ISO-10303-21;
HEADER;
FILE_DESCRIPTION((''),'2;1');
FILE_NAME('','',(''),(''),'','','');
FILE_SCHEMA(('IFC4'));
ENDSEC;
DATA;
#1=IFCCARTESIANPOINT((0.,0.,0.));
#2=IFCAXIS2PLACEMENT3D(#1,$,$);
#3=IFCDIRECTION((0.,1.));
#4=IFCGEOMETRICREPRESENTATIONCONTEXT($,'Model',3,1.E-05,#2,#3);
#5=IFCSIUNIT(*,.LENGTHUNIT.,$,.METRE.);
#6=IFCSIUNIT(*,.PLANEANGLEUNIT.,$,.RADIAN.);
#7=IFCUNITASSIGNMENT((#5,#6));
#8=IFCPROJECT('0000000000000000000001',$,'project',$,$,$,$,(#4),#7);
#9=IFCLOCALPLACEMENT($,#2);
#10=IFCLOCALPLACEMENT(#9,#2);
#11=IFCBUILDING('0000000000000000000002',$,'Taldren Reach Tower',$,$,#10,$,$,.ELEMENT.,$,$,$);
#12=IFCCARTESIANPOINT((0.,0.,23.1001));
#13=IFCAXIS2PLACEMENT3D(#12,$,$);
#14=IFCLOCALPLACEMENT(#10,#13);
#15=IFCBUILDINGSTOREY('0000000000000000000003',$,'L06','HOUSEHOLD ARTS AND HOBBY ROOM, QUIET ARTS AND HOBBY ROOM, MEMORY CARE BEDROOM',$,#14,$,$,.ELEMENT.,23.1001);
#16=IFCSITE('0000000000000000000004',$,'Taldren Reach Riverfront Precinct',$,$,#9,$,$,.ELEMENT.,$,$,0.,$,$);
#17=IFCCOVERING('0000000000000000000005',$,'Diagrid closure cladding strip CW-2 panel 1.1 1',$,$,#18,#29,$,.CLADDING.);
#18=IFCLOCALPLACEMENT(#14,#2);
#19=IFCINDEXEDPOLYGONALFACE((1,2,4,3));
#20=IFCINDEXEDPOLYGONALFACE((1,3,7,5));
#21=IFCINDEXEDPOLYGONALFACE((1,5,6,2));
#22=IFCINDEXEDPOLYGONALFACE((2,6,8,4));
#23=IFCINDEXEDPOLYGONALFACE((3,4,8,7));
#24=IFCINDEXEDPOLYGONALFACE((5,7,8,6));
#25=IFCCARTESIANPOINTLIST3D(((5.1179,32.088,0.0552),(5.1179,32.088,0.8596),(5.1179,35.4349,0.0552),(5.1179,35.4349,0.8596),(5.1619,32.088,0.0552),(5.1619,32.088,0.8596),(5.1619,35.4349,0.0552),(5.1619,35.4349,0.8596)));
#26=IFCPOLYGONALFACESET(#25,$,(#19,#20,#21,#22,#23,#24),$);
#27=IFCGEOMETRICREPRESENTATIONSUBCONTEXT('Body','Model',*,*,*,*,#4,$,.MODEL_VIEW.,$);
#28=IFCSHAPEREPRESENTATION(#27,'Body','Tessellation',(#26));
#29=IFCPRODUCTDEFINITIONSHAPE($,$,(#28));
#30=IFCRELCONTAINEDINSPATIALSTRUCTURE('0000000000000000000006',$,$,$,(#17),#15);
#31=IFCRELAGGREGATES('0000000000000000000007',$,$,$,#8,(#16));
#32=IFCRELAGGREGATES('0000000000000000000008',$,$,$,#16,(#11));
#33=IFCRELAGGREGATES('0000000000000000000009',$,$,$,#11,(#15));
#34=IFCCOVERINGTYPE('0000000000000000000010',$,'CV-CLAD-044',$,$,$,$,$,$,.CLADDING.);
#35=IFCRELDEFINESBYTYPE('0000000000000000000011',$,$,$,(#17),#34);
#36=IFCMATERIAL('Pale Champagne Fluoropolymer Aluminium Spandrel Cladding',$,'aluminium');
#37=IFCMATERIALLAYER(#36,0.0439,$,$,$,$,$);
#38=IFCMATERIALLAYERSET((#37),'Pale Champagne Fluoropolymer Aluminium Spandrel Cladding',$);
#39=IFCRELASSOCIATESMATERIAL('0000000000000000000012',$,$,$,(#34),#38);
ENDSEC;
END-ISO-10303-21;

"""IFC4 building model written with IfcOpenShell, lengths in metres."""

from ifc_helpers import new_model, si_unit, direction, frame, origin, origin_2d, place, context, subcontext, project, spatial, rectangle, extrude, source, transform, mapped, material, layer, layer_set, type_object, element, save


model = new_model("IFC4")

# Units and contexts
model_context = context("Model", 3, precision=1e-05, world=origin(), true_north=direction((0.0, 1.0)))
body_context = subcontext(model_context, "Body", "Model", "MODEL_VIEW")
ifc_project = project(units=[si_unit("LENGTHUNIT", "METRE"), si_unit("PLANEANGLEUNIT", "RADIAN")], contexts=[model_context])

# Site, building, storey
site_placement = place(None, origin())
site = spatial("IfcSite", under=ifc_project, at=site_placement, Name="Taldren Reach Riverfront Precinct", CompositionType="ELEMENT", RefElevation=0.0)
building_placement = place(site_placement, origin())
building = spatial("IfcBuilding", under=site, at=building_placement, Name="Taldren Reach Tower", CompositionType="ELEMENT")
storey_placement = place(building_placement, frame((0.0, 0.0, 23.1001)))
storey = spatial("IfcBuildingStorey", under=building, at=storey_placement, Name="L06", Description="HOUSEHOLD ARTS AND HOBBY ROOM, QUIET ARTS AND HOBBY ROOM, MEMORY CARE BEDROOM", CompositionType="ELEMENT", Elevation=23.1001)

# Covering
ifc_material_1 = material(Name="Pale Champagne Fluoropolymer Aluminium Spandrel Cladding", Category="aluminium")
ifc_layer_1 = layer(ifc_material_1, 0.0439)
ifc_layer_set_1 = layer_set([ifc_layer_1], Name="Pale Champagne Fluoropolymer Aluminium Spandrel Cladding")
covering_type = type_object("IfcCoveringType", Name="CV-CLAD-044", PredefinedType="CLADDING", material=ifc_layer_set_1)
shared_shape_1 = source(origin(), body_context, "Body", "SweptSolid", [
    extrude(rectangle(XDim=3.3469, YDim=0.0439, at=origin_2d()), origin(), (0.0, 0.0, 1.0), 0.8044),
])
covering_placement = place(storey_placement, frame((5.1399, 33.7615, 0.0552), z_axis=(0.0, 0.0, 1.0), x_axis=(0.0, -1.0, 0.0)))
element("IfcCovering", 1, at=covering_placement, inside=storey, type_object=covering_type, Name="Diagrid closure cladding strip CW-2 panel 1.1 1", PredefinedType="CLADDING", context=body_context, shape_type="MappedRepresentation", body=[
    mapped(shared_shape_1, transform((0.0, 0.0, 0.0), scale=1.0)),
])

save(model, "model.ifc")
